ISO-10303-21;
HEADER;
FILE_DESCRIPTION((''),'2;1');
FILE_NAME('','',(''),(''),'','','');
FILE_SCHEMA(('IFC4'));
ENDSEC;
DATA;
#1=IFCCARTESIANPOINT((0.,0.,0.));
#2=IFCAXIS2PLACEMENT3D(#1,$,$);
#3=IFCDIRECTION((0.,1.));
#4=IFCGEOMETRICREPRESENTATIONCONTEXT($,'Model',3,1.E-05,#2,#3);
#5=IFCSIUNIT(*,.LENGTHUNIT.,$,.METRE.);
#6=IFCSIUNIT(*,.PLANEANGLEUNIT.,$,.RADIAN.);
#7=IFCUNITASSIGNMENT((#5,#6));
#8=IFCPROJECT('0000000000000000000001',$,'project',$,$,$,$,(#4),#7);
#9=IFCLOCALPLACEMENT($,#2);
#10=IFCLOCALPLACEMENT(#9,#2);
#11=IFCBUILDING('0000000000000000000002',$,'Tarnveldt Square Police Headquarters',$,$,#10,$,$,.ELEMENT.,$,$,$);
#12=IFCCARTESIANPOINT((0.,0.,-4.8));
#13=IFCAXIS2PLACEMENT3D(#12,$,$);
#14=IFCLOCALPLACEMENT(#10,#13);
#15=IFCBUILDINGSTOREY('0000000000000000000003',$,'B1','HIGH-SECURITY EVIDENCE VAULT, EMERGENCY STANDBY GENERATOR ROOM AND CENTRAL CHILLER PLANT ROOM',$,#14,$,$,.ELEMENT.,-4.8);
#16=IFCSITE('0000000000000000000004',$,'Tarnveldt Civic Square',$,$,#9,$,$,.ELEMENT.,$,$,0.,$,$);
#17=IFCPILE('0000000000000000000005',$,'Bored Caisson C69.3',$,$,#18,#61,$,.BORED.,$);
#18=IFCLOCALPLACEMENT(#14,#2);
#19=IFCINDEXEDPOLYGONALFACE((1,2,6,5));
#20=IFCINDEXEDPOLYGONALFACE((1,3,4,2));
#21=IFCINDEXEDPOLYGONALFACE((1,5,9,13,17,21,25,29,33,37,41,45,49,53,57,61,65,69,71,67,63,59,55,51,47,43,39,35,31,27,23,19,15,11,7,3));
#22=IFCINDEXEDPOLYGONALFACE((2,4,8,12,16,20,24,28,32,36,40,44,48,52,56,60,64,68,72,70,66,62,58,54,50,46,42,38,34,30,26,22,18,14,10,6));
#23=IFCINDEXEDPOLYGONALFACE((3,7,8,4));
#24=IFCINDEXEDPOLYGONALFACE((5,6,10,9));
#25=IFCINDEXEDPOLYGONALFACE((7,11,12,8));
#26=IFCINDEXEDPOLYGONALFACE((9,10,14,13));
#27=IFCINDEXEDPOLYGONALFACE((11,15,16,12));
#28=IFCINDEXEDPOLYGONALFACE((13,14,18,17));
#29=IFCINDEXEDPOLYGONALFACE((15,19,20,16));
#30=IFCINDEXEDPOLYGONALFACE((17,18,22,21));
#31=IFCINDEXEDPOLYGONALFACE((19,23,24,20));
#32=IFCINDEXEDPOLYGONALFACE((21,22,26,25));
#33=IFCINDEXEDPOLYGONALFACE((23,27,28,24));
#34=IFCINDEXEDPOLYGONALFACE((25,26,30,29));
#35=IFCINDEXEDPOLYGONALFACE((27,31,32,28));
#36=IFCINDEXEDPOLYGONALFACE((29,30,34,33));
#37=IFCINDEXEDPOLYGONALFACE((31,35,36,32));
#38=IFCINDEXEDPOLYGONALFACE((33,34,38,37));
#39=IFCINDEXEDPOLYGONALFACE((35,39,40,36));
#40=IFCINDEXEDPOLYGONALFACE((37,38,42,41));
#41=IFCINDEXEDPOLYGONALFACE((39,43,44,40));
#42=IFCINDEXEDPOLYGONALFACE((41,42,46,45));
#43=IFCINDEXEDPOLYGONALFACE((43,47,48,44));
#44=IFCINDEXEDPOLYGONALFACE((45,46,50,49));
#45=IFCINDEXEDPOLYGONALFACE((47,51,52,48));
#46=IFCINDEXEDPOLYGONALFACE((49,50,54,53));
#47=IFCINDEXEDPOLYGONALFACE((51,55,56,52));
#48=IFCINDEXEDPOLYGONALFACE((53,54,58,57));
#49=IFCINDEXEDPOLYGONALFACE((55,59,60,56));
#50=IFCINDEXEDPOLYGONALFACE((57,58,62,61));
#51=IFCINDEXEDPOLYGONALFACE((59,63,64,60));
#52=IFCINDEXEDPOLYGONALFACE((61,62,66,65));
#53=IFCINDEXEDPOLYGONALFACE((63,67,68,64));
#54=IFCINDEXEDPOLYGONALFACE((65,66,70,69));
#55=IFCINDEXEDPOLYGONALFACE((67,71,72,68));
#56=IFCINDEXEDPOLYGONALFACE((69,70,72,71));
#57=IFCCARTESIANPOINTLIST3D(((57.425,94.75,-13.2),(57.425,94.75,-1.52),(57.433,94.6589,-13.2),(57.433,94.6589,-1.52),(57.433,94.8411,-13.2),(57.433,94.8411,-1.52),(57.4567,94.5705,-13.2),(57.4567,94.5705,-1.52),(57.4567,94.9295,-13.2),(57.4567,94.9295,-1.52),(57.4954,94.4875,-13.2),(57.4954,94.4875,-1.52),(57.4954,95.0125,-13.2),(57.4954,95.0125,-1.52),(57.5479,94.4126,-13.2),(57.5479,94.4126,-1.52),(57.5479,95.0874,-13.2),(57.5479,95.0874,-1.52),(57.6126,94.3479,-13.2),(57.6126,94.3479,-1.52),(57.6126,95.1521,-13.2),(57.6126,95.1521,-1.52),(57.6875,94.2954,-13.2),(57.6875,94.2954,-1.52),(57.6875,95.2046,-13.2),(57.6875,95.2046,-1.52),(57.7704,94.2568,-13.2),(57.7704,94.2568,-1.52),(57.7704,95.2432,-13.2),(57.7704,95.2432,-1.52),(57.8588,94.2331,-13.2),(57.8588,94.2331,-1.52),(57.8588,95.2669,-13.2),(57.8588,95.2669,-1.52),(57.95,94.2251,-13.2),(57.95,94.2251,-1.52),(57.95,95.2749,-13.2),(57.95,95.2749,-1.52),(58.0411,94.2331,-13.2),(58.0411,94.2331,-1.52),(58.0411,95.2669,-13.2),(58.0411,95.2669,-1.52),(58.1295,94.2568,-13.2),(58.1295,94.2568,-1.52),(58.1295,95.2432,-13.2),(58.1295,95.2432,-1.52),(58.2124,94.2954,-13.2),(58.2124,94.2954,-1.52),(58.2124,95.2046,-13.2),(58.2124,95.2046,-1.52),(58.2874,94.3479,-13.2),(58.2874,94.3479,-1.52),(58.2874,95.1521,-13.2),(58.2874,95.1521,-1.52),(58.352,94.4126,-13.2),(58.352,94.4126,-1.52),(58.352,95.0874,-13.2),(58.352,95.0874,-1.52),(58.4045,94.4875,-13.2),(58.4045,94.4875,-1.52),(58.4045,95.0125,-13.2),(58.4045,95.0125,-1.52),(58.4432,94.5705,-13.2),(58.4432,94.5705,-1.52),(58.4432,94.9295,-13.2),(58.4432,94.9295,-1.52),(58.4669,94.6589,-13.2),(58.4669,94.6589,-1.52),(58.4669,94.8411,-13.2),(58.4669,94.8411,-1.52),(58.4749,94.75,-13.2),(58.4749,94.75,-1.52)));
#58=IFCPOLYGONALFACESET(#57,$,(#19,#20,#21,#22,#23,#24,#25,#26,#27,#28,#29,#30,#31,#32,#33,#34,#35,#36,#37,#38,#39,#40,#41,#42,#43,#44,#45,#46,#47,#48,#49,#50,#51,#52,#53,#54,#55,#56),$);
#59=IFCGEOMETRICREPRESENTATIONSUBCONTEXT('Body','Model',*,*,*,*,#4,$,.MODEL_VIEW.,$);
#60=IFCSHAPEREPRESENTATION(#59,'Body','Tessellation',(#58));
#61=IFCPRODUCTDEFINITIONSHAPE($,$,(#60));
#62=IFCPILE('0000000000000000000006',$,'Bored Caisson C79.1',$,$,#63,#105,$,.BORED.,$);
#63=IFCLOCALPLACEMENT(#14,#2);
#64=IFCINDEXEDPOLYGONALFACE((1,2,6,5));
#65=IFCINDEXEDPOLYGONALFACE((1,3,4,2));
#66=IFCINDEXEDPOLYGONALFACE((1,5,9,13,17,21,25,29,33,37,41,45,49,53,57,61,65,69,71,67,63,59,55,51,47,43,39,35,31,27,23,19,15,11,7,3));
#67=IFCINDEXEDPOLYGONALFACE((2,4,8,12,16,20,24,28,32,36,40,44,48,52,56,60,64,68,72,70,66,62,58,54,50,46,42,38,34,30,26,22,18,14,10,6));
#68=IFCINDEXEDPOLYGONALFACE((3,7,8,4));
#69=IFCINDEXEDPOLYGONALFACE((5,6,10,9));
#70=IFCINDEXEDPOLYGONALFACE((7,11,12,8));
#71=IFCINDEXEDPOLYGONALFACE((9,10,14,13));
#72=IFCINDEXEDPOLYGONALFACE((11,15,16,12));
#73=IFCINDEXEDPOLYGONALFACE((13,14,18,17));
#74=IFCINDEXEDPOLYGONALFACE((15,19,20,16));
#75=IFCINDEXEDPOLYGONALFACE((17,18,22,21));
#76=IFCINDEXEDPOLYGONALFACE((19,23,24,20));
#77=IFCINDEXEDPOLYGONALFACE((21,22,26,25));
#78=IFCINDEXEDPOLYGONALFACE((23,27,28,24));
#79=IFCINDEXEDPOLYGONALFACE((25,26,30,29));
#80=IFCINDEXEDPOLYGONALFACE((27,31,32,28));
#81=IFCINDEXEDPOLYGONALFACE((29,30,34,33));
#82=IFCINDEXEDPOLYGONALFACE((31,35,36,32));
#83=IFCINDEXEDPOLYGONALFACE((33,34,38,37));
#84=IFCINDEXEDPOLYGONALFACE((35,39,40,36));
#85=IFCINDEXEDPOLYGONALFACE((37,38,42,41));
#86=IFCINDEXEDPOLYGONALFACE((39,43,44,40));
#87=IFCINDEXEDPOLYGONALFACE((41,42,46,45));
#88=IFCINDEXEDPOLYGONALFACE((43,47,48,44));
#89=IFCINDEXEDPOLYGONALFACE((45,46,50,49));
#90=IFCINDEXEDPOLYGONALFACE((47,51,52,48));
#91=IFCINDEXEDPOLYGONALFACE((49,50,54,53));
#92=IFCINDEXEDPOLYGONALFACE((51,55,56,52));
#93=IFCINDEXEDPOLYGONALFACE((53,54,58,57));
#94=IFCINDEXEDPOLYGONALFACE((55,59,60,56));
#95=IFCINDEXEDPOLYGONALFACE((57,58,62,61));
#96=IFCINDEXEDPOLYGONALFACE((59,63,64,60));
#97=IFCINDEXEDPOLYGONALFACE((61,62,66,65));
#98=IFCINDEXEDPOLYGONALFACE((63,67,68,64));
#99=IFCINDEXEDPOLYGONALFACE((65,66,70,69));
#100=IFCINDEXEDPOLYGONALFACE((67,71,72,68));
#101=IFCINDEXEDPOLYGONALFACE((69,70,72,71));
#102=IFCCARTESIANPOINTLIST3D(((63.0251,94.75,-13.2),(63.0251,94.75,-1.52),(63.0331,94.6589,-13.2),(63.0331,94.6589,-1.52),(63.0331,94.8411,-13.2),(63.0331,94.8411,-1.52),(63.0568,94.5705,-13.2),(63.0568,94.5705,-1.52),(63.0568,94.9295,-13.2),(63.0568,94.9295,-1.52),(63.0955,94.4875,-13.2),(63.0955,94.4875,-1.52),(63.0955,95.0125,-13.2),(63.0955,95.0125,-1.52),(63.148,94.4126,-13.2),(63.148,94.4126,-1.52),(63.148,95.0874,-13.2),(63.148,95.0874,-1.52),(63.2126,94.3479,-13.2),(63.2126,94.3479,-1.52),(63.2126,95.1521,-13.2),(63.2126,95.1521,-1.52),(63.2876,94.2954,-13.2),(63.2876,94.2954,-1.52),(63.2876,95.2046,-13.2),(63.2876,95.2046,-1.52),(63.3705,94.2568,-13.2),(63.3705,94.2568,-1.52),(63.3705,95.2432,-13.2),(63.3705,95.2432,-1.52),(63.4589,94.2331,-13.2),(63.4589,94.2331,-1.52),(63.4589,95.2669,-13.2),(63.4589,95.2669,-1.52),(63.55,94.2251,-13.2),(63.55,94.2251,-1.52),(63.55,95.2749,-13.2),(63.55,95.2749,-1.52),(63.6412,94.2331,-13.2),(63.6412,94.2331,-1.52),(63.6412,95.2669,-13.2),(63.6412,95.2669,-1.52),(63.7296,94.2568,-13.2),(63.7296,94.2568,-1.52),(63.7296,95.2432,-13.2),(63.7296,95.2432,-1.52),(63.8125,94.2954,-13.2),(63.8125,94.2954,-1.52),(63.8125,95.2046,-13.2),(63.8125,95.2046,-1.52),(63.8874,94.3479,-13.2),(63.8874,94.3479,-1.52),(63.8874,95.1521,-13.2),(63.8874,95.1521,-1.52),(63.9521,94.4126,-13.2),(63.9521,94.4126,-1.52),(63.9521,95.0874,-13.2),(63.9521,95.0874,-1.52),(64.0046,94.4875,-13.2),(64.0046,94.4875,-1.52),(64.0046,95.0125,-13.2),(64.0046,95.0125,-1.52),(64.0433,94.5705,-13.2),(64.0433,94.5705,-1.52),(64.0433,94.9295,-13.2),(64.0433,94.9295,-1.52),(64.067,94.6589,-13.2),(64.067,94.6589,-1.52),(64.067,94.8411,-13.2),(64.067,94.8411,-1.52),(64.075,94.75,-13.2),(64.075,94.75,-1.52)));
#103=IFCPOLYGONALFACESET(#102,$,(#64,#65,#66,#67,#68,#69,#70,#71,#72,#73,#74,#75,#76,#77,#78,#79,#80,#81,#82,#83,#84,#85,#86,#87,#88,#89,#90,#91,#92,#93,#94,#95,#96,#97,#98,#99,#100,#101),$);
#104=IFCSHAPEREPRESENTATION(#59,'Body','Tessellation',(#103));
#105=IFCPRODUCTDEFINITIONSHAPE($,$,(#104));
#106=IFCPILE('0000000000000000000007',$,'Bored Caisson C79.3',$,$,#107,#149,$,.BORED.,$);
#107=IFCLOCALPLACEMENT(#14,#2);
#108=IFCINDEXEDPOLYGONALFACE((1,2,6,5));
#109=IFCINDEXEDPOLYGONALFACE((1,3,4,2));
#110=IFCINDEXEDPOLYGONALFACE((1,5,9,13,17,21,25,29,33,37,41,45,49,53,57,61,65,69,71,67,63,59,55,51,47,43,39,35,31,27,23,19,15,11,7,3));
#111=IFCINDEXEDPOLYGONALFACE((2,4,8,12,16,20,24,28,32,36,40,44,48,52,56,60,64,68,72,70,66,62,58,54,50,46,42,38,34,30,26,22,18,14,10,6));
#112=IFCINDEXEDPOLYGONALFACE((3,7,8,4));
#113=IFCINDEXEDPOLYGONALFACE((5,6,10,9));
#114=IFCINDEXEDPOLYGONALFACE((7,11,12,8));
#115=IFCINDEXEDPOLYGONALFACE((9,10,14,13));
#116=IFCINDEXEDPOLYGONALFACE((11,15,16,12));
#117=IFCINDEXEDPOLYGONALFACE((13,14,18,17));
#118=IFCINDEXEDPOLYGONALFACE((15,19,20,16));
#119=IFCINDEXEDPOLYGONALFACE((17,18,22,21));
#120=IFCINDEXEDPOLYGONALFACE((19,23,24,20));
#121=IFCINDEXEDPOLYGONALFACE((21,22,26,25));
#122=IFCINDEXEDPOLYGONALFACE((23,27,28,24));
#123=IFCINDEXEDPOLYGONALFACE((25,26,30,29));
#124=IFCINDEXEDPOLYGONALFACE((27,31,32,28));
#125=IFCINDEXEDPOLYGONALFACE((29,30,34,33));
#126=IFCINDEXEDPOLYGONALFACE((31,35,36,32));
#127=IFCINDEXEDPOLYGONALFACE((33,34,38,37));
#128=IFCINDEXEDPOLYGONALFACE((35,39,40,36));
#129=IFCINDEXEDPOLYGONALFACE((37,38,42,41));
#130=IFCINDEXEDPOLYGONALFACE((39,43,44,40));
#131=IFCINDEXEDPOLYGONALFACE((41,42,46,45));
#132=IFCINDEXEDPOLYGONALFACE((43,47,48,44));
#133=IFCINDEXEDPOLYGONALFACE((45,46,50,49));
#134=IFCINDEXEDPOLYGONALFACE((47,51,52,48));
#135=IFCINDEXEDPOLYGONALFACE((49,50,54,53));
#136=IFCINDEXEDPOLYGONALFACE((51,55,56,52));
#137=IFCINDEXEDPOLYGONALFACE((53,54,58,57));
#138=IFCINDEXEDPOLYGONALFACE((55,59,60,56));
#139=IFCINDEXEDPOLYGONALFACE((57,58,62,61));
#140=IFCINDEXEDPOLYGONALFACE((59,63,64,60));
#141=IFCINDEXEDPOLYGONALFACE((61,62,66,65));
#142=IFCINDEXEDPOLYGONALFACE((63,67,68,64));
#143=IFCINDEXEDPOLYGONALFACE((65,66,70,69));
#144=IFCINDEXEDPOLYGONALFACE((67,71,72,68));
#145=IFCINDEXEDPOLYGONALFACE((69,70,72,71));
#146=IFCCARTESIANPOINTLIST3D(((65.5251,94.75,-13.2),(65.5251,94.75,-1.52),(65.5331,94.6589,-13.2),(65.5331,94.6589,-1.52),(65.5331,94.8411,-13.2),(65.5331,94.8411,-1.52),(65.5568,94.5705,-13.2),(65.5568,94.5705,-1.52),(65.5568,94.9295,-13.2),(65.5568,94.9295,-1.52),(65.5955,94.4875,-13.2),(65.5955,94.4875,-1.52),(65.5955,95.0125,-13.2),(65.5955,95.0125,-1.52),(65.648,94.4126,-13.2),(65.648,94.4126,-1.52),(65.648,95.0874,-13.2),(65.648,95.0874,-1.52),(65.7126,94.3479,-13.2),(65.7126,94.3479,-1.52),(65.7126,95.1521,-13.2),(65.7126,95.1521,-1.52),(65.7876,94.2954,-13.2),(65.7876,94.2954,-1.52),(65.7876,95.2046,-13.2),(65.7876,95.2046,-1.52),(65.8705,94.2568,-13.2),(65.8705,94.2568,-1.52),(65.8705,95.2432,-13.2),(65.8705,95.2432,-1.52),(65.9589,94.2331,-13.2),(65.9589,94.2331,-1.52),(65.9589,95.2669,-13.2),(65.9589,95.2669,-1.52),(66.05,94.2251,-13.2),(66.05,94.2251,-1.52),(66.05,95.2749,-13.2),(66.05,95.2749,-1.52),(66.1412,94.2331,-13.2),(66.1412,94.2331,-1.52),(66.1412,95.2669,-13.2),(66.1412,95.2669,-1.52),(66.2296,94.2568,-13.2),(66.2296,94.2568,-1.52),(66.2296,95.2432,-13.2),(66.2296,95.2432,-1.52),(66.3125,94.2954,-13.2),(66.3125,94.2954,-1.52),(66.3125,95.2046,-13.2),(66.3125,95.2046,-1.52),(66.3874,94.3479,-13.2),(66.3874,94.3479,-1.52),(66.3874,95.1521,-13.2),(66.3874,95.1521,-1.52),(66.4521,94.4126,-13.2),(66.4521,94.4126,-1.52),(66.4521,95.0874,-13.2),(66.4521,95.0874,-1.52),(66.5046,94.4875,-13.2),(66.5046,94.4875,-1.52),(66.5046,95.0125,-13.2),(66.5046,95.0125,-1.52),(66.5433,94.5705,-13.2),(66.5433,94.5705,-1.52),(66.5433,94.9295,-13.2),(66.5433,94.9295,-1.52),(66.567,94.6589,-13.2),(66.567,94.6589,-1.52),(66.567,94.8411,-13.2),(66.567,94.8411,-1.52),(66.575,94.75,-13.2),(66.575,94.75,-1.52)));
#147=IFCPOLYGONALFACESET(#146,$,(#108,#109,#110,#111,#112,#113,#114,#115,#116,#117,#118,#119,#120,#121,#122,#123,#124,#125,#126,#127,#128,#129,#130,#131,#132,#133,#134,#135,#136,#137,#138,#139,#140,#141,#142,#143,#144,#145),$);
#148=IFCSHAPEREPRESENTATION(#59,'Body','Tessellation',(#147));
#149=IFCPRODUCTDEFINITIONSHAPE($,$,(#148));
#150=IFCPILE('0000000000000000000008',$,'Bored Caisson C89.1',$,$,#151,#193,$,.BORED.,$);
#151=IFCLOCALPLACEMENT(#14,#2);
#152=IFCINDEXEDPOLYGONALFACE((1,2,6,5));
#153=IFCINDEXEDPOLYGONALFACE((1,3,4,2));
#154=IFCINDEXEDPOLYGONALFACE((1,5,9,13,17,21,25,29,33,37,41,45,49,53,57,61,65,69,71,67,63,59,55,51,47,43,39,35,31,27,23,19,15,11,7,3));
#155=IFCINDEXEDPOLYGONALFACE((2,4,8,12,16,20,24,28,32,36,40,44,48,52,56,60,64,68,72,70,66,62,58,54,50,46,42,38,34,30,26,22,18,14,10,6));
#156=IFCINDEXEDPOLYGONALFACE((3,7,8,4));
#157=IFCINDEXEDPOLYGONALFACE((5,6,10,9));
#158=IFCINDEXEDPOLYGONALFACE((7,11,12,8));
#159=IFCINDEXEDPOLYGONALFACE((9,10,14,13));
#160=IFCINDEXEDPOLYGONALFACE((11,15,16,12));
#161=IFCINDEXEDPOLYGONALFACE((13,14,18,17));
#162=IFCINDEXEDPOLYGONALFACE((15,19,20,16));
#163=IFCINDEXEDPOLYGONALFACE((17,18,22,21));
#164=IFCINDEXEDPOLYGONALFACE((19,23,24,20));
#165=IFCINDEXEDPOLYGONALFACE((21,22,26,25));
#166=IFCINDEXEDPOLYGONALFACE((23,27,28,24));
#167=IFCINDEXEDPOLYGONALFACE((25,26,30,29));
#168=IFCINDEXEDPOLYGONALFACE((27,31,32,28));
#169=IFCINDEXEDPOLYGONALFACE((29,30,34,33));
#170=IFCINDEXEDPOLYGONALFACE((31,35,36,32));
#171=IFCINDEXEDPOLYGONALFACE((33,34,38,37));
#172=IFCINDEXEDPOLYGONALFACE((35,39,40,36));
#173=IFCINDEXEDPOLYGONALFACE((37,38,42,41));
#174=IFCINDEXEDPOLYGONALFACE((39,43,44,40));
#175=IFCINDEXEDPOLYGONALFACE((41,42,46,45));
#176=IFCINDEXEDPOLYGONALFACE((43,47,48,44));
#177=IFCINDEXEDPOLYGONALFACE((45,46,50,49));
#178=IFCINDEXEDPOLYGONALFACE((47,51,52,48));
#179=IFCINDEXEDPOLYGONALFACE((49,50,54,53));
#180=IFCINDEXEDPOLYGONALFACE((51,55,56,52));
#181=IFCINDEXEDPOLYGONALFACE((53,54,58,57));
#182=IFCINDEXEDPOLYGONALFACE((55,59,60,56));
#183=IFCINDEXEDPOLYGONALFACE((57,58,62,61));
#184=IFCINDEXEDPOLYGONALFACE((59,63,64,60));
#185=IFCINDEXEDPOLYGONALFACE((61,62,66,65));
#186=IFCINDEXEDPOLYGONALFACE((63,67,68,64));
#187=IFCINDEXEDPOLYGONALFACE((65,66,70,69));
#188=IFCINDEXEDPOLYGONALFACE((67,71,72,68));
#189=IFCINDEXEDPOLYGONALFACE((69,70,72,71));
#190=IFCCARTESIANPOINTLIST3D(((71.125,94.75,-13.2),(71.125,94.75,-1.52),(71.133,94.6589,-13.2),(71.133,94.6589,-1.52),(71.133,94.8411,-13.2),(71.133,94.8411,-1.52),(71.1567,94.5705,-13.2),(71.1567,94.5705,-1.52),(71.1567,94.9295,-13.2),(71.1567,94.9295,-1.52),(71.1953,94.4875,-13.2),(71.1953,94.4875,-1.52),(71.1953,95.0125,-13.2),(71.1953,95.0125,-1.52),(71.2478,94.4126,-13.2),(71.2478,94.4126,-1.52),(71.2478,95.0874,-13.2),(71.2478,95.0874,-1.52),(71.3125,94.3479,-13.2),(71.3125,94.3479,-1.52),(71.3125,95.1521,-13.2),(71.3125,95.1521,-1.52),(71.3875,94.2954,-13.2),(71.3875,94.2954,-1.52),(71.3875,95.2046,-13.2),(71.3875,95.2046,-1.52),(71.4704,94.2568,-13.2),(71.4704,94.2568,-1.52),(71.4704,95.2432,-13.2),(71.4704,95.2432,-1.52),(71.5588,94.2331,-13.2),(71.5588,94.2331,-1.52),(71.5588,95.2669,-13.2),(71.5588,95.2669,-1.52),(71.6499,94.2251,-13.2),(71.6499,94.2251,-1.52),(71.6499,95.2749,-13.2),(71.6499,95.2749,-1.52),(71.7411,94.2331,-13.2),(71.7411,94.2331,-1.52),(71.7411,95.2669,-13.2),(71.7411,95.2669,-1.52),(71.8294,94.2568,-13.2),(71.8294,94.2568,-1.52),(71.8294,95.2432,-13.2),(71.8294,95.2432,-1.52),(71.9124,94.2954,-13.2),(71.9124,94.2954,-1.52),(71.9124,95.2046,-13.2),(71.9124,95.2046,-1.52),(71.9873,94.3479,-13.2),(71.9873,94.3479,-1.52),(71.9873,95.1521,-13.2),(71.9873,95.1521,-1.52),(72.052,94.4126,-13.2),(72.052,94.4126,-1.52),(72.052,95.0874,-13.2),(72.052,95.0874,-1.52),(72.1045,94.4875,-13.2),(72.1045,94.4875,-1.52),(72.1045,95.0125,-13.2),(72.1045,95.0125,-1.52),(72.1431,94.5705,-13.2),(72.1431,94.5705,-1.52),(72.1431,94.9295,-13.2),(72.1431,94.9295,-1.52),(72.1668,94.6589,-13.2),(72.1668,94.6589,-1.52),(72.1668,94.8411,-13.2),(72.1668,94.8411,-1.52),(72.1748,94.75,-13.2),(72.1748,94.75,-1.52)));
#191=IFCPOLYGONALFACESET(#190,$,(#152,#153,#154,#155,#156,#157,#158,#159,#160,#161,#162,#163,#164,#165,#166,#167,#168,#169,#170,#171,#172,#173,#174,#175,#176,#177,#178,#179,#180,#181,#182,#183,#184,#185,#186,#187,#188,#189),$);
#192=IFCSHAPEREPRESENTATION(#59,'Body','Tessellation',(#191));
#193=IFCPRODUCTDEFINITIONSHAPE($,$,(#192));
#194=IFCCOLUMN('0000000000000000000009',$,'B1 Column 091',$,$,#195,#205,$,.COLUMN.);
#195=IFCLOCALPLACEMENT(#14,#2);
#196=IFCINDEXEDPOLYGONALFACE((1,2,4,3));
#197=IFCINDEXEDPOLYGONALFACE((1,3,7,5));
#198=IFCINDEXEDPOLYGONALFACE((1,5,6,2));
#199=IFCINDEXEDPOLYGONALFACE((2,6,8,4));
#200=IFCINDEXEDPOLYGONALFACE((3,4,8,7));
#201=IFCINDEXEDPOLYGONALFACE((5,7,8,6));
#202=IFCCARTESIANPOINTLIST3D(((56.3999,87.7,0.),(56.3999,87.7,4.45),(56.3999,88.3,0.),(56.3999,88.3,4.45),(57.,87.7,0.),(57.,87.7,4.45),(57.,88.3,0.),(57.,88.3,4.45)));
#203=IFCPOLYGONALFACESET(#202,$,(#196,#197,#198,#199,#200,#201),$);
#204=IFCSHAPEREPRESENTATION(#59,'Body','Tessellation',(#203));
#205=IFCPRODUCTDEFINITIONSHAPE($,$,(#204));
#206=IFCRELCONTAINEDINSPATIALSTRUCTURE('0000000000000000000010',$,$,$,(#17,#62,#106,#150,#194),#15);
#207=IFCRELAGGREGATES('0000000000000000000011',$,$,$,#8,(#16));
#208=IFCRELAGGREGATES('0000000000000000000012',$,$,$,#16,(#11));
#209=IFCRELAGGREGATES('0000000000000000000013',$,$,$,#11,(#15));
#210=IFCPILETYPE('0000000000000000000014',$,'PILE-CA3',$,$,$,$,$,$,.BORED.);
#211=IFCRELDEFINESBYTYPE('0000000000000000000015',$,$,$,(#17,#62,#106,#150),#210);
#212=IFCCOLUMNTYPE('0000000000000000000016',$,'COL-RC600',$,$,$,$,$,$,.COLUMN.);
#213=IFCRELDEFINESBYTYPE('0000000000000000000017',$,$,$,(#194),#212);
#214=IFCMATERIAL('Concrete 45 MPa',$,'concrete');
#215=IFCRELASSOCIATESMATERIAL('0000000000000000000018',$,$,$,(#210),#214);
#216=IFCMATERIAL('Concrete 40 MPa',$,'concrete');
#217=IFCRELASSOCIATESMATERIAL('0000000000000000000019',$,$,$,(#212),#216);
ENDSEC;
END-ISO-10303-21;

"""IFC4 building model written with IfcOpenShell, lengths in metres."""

from ifc_helpers import new_model, si_unit, direction, frame, origin, origin_2d, place, context, subcontext, project, spatial, rectangle, circle, extrude, material, material_profile, profile_set, type_object, element, save


model = new_model("IFC4")

# Units and contexts
model_context = context("Model", 3, precision=1e-05, world=origin(), true_north=direction((0.0, 1.0)))
body_context = subcontext(model_context, "Body", "Model", "MODEL_VIEW")
ifc_project = project(units=[si_unit("LENGTHUNIT", "METRE"), si_unit("PLANEANGLEUNIT", "RADIAN")], contexts=[model_context])

# Site, building, storey
site_placement = place(None, origin())
site = spatial("IfcSite", under=ifc_project, at=site_placement, Name="Tarnveldt Civic Square", CompositionType="ELEMENT", RefElevation=0.0)
building_placement = place(site_placement, origin())
building = spatial("IfcBuilding", under=site, at=building_placement, Name="Tarnveldt Square Police Headquarters", CompositionType="ELEMENT")
storey_placement = place(building_placement, frame((0.0, 0.0, -4.8)))
storey = spatial("IfcBuildingStorey", under=building, at=storey_placement, Name="B1", Description="HIGH-SECURITY EVIDENCE VAULT, EMERGENCY STANDBY GENERATOR ROOM AND CENTRAL CHILLER PLANT ROOM", CompositionType="ELEMENT", Elevation=-4.8)

# Shared definitions
ifc_material_1 = material(Name="Concrete 45 MPa", Category="concrete")

# Piles
ifc_material_profile_1 = material_profile(ifc_material_1, circle(Radius=0.5249, at=origin_2d()), Name="CAISSON-D1050")
ifc_profile_set_1 = profile_set([ifc_material_profile_1], Name="Concrete 45 MPa")
pile_type_1 = type_object("IfcPileType", Name="PILE-CA3", PredefinedType="BORED", material=ifc_profile_set_1)
for number, where, z_axis, x_axis, name in (
    (1, (57.95, 94.75, -1.52), (0.0, 0.0, -1.0), (1.0, 0.0, 0.0), "Bored Caisson C69.3"),
    (2, (63.55, 94.75, -1.52), (0.0, 0.0, -1.0), (1.0, 0.0, 0.0), "Bored Caisson C79.1"),
    (3, (66.05, 94.75, -1.52), (0.0, 0.0, -1.0), (1.0, 0.0, 0.0), "Bored Caisson C79.3"),
    (4, (71.6499, 94.75, -1.52), (0.0, 0.0, -1.0), (1.0, 0.0, 0.0), "Bored Caisson C89.1"),
):
    element("IfcPile", number, at=place(storey_placement, frame(where, z_axis=z_axis, x_axis=x_axis)), inside=storey, type_object=pile_type_1, Name=name, PredefinedType="BORED", context=body_context, shape_type="SweptSolid", body=[
        extrude(circle(Radius=0.5249, at=origin_2d()), origin(), (0.0, 0.0, 1.0), 11.6799),
    ])

# Column
ifc_material_2 = material(Name="Concrete 40 MPa", Category="concrete")
ifc_material_profile_2 = material_profile(ifc_material_2, rectangle(XDim=0.6001, YDim=0.6001, at=origin_2d()), Name="RC-C600x600")
ifc_profile_set_2 = profile_set([ifc_material_profile_2], Name="Concrete 40 MPa")
column_type_1 = type_object("IfcColumnType", Name="COL-RC600", PredefinedType="COLUMN", material=ifc_profile_set_2)
for number, where, z_axis, x_axis, name in (
    (5, (56.7, 88.0, 0.0), (0.0, 0.0, 1.0), (1.0, 0.0, 0.0), "B1 Column 091"),
):
    element("IfcColumn", number, at=place(storey_placement, frame(where, z_axis=z_axis, x_axis=x_axis)), inside=storey, type_object=column_type_1, Name=name, PredefinedType="COLUMN", context=body_context, shape_type="SweptSolid", body=[
        extrude(rectangle(XDim=0.6001, YDim=0.6001, at=origin_2d()), origin(), (0.0, 0.0, 1.0), 4.45),
    ])

save(model, "model.ifc")
